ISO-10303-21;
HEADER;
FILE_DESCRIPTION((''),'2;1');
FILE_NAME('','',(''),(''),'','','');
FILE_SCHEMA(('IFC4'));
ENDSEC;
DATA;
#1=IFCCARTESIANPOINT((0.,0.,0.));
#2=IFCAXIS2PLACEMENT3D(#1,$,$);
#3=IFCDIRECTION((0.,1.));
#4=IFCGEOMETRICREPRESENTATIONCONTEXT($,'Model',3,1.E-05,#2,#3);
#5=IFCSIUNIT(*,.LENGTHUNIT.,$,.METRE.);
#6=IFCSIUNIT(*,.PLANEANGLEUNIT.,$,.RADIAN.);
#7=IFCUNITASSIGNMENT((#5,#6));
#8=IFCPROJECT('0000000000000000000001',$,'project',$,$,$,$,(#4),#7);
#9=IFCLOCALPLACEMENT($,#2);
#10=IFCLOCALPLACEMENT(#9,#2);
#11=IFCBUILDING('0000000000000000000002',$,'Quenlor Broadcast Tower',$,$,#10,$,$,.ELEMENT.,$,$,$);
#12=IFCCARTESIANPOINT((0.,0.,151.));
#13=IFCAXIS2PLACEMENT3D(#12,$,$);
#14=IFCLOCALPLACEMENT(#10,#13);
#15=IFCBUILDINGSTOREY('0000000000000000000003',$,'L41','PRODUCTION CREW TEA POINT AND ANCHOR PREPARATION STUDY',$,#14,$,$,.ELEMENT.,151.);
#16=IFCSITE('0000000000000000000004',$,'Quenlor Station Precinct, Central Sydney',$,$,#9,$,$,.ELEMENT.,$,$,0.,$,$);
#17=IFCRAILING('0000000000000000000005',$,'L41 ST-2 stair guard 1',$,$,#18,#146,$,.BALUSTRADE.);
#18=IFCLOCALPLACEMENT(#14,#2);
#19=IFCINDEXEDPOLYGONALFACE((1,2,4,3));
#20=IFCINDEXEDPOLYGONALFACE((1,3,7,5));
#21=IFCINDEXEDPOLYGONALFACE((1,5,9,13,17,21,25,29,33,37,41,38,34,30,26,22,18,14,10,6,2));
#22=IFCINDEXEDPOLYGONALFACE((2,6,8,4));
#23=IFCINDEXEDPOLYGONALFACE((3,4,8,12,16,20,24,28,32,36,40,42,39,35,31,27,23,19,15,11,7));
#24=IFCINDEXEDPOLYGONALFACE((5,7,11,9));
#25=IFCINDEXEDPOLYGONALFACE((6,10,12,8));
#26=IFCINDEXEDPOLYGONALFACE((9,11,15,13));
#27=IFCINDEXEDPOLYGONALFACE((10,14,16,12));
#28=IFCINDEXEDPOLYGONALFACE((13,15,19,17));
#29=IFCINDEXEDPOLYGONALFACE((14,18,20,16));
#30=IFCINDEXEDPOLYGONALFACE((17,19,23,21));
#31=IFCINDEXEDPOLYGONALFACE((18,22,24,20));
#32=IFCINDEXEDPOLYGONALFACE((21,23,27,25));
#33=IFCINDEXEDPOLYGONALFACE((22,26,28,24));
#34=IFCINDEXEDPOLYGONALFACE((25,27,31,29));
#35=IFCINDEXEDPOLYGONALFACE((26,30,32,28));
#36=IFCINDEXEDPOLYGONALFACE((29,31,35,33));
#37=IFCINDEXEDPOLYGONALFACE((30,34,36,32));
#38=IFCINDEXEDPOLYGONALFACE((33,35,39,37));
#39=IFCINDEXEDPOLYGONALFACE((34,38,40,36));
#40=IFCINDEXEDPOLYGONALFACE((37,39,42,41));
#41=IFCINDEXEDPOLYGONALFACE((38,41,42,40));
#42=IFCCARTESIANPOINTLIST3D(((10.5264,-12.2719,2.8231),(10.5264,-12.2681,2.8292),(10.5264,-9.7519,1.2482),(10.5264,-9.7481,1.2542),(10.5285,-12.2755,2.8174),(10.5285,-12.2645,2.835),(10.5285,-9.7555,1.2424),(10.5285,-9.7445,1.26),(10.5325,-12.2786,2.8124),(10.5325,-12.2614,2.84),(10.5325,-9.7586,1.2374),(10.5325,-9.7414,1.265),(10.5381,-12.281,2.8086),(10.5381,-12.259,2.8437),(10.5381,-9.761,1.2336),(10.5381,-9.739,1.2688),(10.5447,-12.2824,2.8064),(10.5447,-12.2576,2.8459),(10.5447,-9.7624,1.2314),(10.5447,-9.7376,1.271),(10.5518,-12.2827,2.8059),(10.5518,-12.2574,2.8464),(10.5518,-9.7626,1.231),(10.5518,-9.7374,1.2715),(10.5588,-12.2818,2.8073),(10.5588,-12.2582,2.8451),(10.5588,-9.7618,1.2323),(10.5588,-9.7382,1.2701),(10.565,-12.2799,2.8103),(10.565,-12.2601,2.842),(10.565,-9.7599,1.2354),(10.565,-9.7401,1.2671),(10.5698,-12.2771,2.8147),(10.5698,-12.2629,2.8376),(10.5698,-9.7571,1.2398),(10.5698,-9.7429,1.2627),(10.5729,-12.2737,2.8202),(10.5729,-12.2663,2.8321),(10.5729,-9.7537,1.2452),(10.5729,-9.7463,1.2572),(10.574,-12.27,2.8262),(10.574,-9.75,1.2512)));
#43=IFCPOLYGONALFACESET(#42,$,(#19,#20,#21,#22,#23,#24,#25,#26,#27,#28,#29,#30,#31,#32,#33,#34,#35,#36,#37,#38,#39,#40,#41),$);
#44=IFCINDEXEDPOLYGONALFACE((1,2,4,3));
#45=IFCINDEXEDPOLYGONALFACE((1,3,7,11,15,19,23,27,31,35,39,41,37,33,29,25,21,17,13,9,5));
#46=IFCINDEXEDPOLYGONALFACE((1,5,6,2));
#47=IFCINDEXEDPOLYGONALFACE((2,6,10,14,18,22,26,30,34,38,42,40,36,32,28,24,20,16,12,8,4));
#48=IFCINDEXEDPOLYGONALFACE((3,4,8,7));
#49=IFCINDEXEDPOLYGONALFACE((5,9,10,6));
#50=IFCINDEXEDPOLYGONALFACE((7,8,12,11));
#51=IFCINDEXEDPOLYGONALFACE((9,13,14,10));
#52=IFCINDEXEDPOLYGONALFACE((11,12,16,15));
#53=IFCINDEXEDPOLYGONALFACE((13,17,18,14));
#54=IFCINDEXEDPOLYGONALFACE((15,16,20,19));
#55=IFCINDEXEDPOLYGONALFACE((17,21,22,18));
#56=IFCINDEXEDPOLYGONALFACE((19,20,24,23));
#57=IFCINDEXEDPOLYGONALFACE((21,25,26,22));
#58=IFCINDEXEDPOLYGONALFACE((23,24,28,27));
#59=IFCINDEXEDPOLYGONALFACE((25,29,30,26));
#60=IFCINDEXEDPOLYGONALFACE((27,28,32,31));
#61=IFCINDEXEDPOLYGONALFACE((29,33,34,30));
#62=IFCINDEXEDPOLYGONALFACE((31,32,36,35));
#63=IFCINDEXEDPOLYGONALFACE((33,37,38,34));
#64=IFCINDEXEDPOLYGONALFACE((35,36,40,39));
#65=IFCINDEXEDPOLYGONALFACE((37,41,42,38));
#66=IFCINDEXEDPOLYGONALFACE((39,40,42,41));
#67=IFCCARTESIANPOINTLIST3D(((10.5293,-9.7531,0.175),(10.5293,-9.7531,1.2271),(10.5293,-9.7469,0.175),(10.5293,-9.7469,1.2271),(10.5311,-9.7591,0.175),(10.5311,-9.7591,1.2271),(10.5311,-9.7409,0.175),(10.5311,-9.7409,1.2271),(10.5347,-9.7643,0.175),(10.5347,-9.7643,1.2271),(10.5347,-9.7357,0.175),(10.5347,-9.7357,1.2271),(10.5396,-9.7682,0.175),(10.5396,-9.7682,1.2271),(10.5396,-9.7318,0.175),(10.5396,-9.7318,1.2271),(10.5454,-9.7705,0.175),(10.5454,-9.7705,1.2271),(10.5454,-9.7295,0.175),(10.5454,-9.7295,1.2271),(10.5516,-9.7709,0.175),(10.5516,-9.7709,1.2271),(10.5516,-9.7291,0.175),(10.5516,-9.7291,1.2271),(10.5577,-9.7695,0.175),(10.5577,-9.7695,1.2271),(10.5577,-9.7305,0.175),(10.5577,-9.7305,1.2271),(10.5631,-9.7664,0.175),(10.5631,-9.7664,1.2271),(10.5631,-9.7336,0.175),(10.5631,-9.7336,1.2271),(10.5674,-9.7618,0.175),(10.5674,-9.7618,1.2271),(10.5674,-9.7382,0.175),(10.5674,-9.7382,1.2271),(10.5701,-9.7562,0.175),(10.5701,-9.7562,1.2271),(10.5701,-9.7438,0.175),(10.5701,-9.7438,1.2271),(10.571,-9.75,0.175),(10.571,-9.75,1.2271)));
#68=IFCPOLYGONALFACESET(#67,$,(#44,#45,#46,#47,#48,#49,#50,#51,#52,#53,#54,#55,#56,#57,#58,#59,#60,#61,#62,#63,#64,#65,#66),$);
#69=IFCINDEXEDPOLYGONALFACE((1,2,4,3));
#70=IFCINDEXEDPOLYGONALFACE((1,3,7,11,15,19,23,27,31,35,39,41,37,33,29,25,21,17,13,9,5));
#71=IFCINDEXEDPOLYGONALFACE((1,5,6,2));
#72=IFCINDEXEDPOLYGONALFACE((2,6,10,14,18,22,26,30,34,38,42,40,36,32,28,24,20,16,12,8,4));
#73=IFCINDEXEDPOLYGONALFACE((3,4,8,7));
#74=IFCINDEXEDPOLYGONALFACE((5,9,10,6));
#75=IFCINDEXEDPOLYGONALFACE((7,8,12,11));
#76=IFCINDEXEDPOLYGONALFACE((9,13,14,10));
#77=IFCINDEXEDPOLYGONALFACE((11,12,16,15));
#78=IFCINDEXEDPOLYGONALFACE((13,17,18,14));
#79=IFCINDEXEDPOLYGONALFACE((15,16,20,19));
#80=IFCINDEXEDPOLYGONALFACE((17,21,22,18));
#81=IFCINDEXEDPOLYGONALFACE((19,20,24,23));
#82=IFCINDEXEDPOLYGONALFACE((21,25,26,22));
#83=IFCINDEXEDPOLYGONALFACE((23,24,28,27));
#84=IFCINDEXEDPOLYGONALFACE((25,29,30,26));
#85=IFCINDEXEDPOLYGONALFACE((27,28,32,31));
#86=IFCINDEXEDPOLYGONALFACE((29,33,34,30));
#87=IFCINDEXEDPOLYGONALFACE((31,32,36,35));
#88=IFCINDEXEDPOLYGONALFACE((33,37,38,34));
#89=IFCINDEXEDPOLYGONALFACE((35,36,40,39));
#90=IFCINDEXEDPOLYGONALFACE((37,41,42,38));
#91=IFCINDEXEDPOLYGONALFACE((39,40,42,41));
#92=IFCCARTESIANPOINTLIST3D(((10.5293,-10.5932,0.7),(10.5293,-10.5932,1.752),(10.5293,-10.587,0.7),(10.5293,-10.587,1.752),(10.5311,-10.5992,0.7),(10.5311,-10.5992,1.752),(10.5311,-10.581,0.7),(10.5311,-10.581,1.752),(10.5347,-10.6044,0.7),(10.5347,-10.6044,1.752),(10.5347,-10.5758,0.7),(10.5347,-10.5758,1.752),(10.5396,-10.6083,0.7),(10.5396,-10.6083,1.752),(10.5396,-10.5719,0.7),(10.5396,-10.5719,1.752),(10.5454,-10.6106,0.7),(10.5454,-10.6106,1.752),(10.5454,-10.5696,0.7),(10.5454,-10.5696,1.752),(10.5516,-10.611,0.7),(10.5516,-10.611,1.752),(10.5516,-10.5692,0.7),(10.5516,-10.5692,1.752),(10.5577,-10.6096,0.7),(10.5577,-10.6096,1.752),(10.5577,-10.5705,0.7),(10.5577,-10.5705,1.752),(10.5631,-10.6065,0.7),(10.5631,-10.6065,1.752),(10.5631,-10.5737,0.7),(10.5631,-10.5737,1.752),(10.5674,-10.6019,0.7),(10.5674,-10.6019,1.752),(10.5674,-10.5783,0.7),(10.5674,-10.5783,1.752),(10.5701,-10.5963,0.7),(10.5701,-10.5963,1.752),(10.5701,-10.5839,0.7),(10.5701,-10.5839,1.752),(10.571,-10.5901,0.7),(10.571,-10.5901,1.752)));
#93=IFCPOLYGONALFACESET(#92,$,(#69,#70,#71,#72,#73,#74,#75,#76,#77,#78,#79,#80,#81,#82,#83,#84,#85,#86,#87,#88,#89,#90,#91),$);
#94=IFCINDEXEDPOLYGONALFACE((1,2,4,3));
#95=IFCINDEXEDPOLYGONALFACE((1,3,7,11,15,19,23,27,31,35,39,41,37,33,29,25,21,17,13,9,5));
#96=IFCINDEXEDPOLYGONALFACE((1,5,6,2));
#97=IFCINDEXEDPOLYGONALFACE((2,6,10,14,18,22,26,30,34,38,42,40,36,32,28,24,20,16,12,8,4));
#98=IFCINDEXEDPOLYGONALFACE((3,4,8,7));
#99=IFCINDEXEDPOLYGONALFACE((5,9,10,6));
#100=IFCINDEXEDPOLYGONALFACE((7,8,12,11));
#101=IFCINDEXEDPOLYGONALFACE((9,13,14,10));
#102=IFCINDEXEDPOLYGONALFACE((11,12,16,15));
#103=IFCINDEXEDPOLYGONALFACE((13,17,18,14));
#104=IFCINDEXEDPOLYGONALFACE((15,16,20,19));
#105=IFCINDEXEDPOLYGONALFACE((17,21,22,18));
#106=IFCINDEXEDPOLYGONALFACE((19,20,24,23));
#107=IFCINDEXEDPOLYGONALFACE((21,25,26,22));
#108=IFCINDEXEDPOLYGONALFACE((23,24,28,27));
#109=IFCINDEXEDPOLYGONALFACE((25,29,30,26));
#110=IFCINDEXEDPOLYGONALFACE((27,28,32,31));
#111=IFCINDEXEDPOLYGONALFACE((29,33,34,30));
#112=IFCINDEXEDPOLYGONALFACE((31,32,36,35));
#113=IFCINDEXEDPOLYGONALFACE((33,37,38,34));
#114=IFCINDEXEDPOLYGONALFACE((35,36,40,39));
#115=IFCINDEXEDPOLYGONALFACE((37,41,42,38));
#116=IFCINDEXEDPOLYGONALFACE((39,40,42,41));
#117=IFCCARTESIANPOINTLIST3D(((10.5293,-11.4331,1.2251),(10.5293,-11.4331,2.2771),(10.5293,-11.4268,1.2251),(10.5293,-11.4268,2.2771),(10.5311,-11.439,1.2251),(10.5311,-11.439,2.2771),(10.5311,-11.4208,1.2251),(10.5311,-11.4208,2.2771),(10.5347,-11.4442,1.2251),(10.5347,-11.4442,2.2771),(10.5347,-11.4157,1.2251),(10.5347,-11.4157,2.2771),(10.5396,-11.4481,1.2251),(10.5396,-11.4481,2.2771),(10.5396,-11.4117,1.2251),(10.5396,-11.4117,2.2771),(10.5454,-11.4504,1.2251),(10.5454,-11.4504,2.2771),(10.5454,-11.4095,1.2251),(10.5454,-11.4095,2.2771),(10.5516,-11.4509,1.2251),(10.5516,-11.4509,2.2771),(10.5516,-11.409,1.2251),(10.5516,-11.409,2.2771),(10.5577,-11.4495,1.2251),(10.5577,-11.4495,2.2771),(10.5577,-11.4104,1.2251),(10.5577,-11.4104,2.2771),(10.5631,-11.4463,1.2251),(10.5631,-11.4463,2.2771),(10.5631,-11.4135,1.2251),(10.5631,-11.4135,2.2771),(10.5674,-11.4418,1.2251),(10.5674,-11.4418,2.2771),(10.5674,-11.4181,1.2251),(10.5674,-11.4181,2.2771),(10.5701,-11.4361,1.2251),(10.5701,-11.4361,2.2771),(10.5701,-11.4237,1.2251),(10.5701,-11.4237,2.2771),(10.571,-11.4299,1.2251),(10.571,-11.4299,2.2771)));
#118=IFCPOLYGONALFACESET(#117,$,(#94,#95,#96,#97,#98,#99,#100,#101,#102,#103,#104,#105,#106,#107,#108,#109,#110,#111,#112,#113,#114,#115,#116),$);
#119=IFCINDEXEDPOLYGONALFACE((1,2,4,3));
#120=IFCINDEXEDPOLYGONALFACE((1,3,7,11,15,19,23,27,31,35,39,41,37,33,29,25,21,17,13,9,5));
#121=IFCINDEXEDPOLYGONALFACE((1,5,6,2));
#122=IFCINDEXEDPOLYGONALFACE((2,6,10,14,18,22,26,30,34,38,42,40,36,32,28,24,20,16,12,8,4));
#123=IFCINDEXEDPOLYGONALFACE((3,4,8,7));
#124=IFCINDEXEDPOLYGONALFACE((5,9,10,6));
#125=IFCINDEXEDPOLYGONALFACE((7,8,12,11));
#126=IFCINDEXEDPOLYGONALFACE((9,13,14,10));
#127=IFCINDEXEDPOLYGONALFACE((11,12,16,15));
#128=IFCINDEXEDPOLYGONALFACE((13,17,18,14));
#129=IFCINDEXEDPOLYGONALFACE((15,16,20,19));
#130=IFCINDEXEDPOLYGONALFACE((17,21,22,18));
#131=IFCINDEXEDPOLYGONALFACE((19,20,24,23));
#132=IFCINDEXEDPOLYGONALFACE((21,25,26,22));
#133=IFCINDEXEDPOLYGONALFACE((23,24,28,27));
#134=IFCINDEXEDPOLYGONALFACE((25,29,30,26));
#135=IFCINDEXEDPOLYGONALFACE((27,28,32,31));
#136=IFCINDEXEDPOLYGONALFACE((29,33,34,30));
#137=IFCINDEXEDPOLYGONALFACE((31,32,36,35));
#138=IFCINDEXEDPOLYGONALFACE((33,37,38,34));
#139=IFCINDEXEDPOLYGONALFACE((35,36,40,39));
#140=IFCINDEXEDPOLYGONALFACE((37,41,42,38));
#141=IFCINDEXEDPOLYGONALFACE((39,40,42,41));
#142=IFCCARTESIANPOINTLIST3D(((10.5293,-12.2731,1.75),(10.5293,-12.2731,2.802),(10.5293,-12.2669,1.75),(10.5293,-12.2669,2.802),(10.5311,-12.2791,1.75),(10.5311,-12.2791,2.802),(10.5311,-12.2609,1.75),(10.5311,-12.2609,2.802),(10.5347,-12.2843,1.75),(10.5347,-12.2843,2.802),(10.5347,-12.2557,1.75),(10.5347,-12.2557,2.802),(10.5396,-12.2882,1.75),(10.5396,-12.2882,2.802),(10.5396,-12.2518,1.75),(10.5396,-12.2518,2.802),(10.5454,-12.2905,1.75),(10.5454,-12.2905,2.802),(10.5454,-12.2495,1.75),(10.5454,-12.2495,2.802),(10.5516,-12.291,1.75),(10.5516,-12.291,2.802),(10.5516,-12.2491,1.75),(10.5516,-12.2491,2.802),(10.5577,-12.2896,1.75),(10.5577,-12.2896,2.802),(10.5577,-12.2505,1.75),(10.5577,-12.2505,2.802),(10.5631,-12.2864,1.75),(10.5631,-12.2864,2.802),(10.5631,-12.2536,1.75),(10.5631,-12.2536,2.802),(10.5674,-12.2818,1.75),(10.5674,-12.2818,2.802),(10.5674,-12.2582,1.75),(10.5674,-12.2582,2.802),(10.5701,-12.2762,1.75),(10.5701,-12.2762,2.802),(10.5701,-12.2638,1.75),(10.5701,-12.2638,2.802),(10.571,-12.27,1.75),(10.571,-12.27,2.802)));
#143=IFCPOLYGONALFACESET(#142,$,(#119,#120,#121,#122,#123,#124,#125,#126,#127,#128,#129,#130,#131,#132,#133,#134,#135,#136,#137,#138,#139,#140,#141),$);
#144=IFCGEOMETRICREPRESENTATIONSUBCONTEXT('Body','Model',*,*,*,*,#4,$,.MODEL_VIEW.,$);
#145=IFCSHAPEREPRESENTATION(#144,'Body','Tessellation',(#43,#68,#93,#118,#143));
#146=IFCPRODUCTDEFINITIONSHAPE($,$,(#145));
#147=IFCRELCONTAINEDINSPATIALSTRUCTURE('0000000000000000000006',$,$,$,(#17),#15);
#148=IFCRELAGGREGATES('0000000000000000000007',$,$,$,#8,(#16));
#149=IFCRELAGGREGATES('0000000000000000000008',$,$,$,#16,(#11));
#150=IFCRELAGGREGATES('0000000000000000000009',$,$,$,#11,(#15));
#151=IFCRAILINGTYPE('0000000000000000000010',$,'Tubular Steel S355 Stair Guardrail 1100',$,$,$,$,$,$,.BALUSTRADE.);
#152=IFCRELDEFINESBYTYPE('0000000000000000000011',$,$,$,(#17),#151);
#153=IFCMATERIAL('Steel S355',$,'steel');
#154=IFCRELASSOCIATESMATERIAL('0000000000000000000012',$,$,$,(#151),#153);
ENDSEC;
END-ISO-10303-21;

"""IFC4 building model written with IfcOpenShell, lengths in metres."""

from ifc_helpers import new_model, si_unit, direction, frame, origin, origin_2d, place, context, subcontext, project, spatial, circle, extrude, material, type_object, element, save


model = new_model("IFC4")

# Units and contexts
model_context = context("Model", 3, precision=1e-05, world=origin(), true_north=direction((0.0, 1.0)))
body_context = subcontext(model_context, "Body", "Model", "MODEL_VIEW")
ifc_project = project(units=[si_unit("LENGTHUNIT", "METRE"), si_unit("PLANEANGLEUNIT", "RADIAN")], contexts=[model_context])

# Site, building, storey
site_placement = place(None, origin())
site = spatial("IfcSite", under=ifc_project, at=site_placement, Name="Quenlor Station Precinct, Central Sydney", CompositionType="ELEMENT", RefElevation=0.0)
building_placement = place(site_placement, origin())
building = spatial("IfcBuilding", under=site, at=building_placement, Name="Quenlor Broadcast Tower", CompositionType="ELEMENT")
storey_placement = place(building_placement, frame((0.0, 0.0, 151.0)))
storey = spatial("IfcBuildingStorey", under=building, at=storey_placement, Name="L41", Description="PRODUCTION CREW TEA POINT AND ANCHOR PREPARATION STUDY", CompositionType="ELEMENT", Elevation=151.0)

# Railing
ifc_material_1 = material(Name="Steel S355", Category="steel")
railing_type_1 = type_object("IfcRailingType", Name="Tubular Steel S355 Stair Guardrail 1100", PredefinedType="BALUSTRADE", material=ifc_material_1)
railing_1_placement = place(storey_placement, frame((10.55, -9.75, 0.175)))
element("IfcRailing", 1, at=railing_1_placement, inside=storey, type_object=railing_type_1, Name="L41 ST-2 stair guard 1", PredefinedType="BALUSTRADE", context=body_context, shape_type="SweptSolid", body=[
    extrude(circle(Radius=0.0239, at=origin_2d()), frame((0.0, 0.0, 1.0762), z_axis=(0.0, -0.848008, 0.529984), x_axis=(1.0, 0.0, 0.0)), (0.0, 0.0, 1.0), 2.9717),
    extrude(circle(Radius=0.021, at=origin_2d()), origin(), (0.0, 0.0, 1.0), 1.052),
    extrude(circle(Radius=0.021, at=origin_2d()), frame((0.0, -0.8401, 0.5249)), (0.0, 0.0, 1.0), 1.052),
    extrude(circle(Radius=0.021, at=origin_2d()), frame((0.0, -1.6799, 1.05)), (0.0, 0.0, 1.0), 1.052),
    extrude(circle(Radius=0.021, at=origin_2d()), frame((0.0, -2.52, 1.575)), (0.0, 0.0, 1.0), 1.052),
])

save(model, "model.ifc")
